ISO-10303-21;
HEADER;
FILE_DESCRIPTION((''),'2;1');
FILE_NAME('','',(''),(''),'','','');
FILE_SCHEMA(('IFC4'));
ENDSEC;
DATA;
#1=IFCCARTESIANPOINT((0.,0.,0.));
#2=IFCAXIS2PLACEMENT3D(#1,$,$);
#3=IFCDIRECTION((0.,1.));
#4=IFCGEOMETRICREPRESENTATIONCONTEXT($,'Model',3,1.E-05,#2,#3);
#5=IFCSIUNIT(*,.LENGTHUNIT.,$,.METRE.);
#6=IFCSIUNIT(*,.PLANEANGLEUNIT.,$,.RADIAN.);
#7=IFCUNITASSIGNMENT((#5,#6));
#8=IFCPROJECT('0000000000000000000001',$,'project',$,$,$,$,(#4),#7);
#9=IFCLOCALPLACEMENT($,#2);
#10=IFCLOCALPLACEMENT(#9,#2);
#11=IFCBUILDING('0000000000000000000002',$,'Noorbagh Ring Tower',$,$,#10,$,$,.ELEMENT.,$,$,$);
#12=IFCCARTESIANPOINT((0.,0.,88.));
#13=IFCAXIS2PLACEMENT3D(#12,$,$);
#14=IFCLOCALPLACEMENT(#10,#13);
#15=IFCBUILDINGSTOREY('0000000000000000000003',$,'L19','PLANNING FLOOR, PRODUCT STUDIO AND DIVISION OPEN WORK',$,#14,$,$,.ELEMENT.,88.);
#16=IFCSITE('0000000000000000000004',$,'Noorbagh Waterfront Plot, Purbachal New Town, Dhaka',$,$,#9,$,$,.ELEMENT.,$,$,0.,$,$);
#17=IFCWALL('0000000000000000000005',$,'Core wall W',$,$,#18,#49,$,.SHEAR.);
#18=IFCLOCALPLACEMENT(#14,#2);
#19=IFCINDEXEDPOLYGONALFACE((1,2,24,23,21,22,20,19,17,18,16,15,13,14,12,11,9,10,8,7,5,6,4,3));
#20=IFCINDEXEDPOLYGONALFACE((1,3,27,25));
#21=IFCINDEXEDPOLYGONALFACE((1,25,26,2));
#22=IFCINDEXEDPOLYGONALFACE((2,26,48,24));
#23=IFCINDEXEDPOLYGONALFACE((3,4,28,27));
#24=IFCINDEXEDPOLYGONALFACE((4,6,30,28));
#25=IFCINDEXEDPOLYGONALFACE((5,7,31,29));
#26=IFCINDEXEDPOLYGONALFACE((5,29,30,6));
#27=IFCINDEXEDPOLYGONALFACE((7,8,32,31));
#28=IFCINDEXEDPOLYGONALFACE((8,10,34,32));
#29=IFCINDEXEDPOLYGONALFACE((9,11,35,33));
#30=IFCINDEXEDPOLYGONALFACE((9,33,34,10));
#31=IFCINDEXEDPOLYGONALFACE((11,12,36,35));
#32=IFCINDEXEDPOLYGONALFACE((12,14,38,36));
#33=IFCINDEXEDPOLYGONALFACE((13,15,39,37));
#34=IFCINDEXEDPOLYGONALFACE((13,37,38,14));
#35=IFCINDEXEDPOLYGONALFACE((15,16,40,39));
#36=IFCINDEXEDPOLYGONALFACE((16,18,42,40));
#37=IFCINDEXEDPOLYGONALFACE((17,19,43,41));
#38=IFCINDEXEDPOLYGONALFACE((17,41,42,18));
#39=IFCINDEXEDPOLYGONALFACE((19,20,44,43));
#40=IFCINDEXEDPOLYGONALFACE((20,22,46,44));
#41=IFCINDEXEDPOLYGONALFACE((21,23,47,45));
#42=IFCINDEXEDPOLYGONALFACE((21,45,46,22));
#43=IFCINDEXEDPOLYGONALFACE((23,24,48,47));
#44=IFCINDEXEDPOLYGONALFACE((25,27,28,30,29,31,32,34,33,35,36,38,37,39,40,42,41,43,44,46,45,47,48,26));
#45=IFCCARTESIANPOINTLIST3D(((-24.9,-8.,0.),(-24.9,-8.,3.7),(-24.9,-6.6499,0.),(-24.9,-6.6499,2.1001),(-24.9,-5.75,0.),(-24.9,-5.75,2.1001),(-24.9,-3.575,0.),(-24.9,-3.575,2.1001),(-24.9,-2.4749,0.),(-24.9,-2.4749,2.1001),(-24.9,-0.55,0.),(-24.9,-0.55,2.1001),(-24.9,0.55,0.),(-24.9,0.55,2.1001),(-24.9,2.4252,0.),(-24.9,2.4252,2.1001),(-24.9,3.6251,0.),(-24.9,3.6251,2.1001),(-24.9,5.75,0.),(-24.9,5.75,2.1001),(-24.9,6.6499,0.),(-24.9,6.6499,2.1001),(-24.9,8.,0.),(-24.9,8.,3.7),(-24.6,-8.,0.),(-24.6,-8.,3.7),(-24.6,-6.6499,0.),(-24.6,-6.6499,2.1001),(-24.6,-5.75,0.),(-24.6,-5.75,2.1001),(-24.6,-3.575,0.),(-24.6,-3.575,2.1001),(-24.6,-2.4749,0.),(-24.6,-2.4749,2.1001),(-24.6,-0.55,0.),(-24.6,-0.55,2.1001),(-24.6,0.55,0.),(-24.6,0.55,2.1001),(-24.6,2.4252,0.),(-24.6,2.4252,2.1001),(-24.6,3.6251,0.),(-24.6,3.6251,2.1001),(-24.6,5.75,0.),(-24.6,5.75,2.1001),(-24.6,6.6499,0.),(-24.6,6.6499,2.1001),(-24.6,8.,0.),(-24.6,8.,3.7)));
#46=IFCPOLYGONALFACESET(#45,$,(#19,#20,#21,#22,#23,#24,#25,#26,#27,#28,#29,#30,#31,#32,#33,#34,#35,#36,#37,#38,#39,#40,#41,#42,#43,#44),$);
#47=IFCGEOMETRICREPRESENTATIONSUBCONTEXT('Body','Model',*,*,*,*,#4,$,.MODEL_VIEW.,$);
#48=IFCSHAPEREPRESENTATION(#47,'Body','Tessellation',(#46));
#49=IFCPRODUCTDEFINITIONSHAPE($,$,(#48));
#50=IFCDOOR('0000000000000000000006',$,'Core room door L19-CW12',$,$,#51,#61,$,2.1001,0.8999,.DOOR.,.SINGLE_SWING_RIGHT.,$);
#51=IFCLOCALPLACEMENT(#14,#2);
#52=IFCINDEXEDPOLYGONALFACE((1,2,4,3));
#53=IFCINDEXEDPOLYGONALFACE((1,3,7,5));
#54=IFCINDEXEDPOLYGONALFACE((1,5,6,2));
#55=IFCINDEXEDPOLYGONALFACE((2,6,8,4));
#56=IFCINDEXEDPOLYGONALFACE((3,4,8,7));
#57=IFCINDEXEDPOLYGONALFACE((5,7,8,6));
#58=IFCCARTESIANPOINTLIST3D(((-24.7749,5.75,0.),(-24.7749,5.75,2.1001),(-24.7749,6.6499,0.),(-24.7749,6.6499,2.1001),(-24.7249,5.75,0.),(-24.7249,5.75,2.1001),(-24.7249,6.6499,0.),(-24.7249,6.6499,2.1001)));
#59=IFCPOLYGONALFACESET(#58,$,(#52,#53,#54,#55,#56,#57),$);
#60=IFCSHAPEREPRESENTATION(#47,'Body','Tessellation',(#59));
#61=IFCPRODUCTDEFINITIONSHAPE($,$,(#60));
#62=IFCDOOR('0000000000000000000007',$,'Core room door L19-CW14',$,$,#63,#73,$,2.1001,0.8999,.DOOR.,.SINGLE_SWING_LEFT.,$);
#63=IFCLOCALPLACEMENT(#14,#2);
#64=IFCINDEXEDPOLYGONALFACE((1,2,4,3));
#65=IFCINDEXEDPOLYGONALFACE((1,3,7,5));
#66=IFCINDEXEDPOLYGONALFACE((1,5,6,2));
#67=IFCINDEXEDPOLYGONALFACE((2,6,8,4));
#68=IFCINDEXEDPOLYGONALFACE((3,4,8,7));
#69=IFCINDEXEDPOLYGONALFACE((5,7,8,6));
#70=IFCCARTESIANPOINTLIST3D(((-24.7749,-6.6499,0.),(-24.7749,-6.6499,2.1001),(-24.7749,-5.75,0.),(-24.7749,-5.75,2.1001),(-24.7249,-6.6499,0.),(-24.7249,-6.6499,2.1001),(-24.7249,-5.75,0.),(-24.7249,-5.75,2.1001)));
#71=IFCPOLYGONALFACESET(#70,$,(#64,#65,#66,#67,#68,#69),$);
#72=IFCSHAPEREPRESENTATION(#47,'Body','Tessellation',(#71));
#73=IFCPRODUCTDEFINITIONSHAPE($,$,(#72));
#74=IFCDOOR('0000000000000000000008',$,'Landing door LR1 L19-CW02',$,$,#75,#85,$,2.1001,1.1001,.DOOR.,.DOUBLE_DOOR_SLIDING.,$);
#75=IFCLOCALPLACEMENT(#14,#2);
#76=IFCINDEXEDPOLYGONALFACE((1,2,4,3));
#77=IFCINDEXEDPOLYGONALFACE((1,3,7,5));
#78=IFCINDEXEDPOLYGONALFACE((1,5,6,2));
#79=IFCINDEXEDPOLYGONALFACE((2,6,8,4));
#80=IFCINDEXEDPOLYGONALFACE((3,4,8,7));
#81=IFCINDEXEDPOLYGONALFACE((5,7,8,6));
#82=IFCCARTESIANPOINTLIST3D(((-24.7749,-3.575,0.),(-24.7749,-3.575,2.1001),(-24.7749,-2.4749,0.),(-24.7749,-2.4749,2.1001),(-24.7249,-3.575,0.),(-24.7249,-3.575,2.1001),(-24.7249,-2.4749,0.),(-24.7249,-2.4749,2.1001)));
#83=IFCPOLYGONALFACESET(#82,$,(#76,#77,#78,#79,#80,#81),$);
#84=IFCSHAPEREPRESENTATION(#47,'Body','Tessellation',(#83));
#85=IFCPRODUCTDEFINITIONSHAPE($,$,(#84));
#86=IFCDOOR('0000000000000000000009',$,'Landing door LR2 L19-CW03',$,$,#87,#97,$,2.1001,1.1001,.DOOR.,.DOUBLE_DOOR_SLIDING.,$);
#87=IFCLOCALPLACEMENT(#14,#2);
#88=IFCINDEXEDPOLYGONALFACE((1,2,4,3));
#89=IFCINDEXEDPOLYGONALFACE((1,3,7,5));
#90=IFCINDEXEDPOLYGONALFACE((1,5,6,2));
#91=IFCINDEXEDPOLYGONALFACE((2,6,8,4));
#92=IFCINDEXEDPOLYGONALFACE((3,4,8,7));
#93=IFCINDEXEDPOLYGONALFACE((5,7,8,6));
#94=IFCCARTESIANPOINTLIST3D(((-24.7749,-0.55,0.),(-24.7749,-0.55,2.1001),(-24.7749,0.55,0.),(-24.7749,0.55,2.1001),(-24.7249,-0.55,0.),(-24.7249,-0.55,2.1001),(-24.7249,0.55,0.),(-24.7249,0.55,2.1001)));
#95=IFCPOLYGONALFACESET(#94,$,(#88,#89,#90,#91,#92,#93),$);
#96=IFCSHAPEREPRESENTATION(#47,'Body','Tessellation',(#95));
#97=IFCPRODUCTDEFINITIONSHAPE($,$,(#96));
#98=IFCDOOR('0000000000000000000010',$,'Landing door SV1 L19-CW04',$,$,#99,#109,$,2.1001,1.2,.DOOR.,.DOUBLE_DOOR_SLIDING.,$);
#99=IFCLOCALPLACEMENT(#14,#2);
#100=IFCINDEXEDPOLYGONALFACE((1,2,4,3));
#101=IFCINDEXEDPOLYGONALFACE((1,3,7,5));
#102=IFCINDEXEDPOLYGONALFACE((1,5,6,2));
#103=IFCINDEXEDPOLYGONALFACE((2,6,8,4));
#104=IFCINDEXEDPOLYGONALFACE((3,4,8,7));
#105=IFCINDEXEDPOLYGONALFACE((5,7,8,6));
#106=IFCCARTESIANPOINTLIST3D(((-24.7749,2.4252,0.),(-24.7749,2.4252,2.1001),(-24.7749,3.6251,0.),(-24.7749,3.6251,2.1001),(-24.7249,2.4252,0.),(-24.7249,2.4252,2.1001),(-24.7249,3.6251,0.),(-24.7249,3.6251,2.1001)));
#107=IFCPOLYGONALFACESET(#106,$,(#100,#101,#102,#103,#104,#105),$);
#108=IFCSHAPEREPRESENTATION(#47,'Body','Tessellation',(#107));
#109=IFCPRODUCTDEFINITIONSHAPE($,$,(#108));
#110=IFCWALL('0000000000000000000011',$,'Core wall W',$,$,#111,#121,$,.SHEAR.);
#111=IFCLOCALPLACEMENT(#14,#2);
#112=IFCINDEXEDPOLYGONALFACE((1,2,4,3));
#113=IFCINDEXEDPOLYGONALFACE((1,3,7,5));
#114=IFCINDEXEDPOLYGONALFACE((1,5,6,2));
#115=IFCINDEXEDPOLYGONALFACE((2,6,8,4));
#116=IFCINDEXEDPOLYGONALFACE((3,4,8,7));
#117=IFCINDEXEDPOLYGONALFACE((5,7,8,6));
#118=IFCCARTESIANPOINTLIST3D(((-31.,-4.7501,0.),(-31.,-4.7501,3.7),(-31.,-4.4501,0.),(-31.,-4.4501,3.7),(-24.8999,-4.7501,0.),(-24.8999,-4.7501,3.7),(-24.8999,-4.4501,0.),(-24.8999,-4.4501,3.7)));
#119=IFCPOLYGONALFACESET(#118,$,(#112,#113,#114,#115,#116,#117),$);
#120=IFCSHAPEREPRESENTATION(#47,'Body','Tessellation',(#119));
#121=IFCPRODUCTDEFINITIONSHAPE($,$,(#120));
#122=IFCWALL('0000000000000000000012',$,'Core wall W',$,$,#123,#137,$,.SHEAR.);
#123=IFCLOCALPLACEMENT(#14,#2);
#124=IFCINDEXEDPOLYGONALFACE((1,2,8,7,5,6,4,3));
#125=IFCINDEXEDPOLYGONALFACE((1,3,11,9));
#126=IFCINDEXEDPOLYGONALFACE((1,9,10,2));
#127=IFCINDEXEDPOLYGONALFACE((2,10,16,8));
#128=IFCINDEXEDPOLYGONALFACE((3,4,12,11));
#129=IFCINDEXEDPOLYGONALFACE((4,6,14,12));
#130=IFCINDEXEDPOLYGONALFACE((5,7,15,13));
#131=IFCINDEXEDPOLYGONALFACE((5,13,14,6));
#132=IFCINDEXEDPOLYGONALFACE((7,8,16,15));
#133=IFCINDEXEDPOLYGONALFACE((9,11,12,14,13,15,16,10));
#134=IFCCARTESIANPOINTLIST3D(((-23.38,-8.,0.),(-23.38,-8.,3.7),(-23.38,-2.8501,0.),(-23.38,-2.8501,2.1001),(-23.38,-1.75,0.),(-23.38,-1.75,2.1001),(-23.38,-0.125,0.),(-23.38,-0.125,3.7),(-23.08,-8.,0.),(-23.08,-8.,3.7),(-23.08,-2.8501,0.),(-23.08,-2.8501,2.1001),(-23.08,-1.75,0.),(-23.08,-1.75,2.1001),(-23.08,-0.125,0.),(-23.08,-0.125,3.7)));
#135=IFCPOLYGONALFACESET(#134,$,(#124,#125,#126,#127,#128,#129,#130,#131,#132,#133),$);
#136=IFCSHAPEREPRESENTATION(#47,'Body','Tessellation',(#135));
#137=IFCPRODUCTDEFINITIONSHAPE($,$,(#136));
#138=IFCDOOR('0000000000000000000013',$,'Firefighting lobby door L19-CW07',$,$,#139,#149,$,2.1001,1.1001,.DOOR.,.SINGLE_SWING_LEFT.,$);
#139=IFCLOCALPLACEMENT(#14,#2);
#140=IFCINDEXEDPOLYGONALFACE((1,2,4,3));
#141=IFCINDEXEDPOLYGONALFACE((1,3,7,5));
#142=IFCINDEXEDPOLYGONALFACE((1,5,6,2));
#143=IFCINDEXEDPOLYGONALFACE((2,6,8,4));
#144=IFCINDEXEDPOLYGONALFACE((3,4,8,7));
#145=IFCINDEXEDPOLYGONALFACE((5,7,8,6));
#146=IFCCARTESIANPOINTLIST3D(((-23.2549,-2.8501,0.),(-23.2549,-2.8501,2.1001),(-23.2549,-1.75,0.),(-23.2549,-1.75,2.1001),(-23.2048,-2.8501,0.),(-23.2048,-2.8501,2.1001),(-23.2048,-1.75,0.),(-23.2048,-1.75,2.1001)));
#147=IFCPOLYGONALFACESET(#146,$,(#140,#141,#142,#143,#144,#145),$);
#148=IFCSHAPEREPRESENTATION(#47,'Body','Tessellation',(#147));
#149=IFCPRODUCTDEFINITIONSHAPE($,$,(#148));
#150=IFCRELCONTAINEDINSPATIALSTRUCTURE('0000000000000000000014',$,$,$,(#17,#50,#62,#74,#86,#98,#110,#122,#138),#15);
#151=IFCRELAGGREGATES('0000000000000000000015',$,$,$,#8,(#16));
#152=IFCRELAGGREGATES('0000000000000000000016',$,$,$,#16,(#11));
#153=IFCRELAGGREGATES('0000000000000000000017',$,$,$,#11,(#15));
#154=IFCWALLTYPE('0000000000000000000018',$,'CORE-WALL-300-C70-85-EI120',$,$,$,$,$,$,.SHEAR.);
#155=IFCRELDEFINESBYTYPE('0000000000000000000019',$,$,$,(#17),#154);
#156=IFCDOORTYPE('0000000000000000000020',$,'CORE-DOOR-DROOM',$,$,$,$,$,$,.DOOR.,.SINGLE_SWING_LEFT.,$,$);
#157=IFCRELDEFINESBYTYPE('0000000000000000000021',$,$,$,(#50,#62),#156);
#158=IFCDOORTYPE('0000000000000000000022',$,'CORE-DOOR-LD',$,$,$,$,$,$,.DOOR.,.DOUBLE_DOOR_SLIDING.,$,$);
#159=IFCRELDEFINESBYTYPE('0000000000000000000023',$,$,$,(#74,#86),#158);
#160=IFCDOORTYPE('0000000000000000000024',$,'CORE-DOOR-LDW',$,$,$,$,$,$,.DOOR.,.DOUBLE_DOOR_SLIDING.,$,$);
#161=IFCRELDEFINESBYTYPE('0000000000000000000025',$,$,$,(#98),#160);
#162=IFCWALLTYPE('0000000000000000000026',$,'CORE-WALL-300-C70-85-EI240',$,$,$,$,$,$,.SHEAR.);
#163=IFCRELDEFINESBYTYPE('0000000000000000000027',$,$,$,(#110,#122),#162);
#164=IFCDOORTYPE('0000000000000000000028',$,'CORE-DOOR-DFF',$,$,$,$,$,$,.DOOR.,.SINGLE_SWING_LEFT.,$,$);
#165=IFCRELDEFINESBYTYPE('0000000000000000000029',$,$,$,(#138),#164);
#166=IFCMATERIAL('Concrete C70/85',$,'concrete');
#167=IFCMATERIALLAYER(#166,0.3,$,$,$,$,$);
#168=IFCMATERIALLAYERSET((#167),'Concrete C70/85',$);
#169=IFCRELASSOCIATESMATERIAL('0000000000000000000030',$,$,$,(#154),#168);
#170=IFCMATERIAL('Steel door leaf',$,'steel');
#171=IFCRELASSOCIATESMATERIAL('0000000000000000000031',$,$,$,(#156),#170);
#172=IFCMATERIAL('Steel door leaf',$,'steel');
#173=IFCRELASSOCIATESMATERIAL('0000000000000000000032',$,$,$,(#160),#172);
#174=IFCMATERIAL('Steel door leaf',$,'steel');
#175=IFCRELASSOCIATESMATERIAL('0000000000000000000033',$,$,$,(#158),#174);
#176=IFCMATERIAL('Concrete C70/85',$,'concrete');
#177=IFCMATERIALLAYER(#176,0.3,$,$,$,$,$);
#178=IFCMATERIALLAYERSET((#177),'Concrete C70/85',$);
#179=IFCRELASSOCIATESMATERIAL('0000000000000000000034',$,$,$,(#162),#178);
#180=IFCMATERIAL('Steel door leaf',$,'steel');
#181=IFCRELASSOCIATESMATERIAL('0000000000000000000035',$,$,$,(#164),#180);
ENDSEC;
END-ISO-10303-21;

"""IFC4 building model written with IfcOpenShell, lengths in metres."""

from ifc_helpers import new_model, si_unit, direction, frame, frame_2d, origin, place, context, subcontext, project, spatial, rectangle, extrude, material, layer, layer_set, type_object, element, fill, save


model = new_model("IFC4")

# Units and contexts
model_context = context("Model", 3, precision=1e-05, world=origin(), true_north=direction((0.0, 1.0)))
body_context = subcontext(model_context, "Body", "Model", "MODEL_VIEW")
ifc_project = project(units=[si_unit("LENGTHUNIT", "METRE"), si_unit("PLANEANGLEUNIT", "RADIAN")], contexts=[model_context])

# Site, building, storey
site_placement = place(None, origin())
site = spatial("IfcSite", under=ifc_project, at=site_placement, Name="Noorbagh Waterfront Plot, Purbachal New Town, Dhaka", CompositionType="ELEMENT", RefElevation=0.0)
building_placement = place(site_placement, origin())
building = spatial("IfcBuilding", under=site, at=building_placement, Name="Noorbagh Ring Tower", CompositionType="ELEMENT")
storey_placement = place(building_placement, frame((0.0, 0.0, 88.0)))
storey = spatial("IfcBuildingStorey", under=building, at=storey_placement, Name="L19", Description="PLANNING FLOOR, PRODUCT STUDIO AND DIVISION OPEN WORK", CompositionType="ELEMENT", Elevation=88.0)

# Wall, openings, doors
ifc_material_1 = material(Name="Concrete C70/85", Category="concrete")
ifc_layer_1 = layer(ifc_material_1, 0.3)
ifc_layer_set_1 = layer_set([ifc_layer_1], Name="Concrete C70/85")
wall_type_1 = type_object("IfcWallType", Name="CORE-WALL-300-C70-85-EI120", PredefinedType="SHEAR", material=ifc_layer_set_1)
ifc_material_2 = material(Name="Steel door leaf", Category="steel")
door_type_1 = type_object("IfcDoorType", Name="CORE-DOOR-DROOM", OperationType="SINGLE_SWING_LEFT", PredefinedType="DOOR", material=ifc_material_2)
ifc_material_3 = material(Name="Steel door leaf", Category="steel")
door_type_2 = type_object("IfcDoorType", Name="CORE-DOOR-LDW", OperationType="DOUBLE_DOOR_SLIDING", PredefinedType="DOOR", material=ifc_material_3)
wall_1_placement = place(storey_placement, frame((-24.75, -8.0, 0.0), z_axis=(0.0, 0.0, 1.0), x_axis=(0.0, 1.0, 0.0)))
wall_1 = element("IfcWall", 1, at=wall_1_placement, inside=storey, type_object=wall_type_1, Name="Core wall W", PredefinedType="SHEAR", context=body_context, shape_type="SweptSolid", body=[
    extrude(rectangle(XDim=16.0, YDim=0.3, at=frame_2d((8.0, 0.0))), origin(), (0.0, 0.0, 1.0), 3.7),
])
opening_1_placement = place(wall_1_placement, frame((4.425, 0.0, 0.0)))
opening_1 = element("IfcOpeningElement", 2, at=opening_1_placement, cuts=wall_1, PredefinedType="OPENING", context=body_context, shape_type="SweptSolid", body=[
    extrude(rectangle(XDim=1.1001, YDim=2.1001, at=frame_2d((0.55, 1.05))), frame((0.0, 0.1602, 0.0), z_axis=(0.0, -1.0, 0.0), x_axis=(1.0, 0.0, 0.0)), (0.0, 0.0, 1.0), 0.3201),
])
opening_2_placement = place(wall_1_placement, frame((7.45, 0.0, 0.0)))
opening_2 = element("IfcOpeningElement", 3, at=opening_2_placement, cuts=wall_1, PredefinedType="OPENING", context=body_context, shape_type="SweptSolid", body=[
    extrude(rectangle(XDim=1.1001, YDim=2.1001, at=frame_2d((0.55, 1.05))), frame((0.0, 0.1602, 0.0), z_axis=(0.0, -1.0, 0.0), x_axis=(1.0, 0.0, 0.0)), (0.0, 0.0, 1.0), 0.3201),
])
opening_3_placement = place(wall_1_placement, frame((10.425, 0.0, 0.0)))
opening_3 = element("IfcOpeningElement", 4, at=opening_3_placement, cuts=wall_1, PredefinedType="OPENING", context=body_context, shape_type="SweptSolid", body=[
    extrude(rectangle(XDim=1.2, YDim=2.1001, at=frame_2d((0.6001, 1.05))), frame((0.0, 0.1602, 0.0), z_axis=(0.0, -1.0, 0.0), x_axis=(1.0, 0.0, 0.0)), (0.0, 0.0, 1.0), 0.3201),
])
opening_4_placement = place(wall_1_placement, frame((13.75, 0.0, 0.0)))
opening_4 = element("IfcOpeningElement", 5, at=opening_4_placement, cuts=wall_1, PredefinedType="OPENING", context=body_context, shape_type="SweptSolid", body=[
    extrude(rectangle(XDim=0.8999, YDim=2.1001, at=frame_2d((0.45, 1.05))), frame((0.0, 0.1602, 0.0), z_axis=(0.0, -1.0, 0.0), x_axis=(1.0, 0.0, 0.0)), (0.0, 0.0, 1.0), 0.3201),
])
opening_5_placement = place(wall_1_placement, frame((1.3501, 0.0, 0.0)))
opening_5 = element("IfcOpeningElement", 6, at=opening_5_placement, cuts=wall_1, PredefinedType="OPENING", context=body_context, shape_type="SweptSolid", body=[
    extrude(rectangle(XDim=0.8999, YDim=2.1001, at=frame_2d((0.45, 1.05))), frame((0.0, 0.1602, 0.0), z_axis=(0.0, -1.0, 0.0), x_axis=(1.0, 0.0, 0.0)), (0.0, 0.0, 1.0), 0.3201),
])
door_1_placement = place(opening_4_placement, origin())
door_1 = element("IfcDoor", 7, at=door_1_placement, inside=storey, type_object=door_type_1, Name="Core room door L19-CW12", OperationType="SINGLE_SWING_RIGHT", OverallHeight=2.1001, OverallWidth=0.8999, PredefinedType="DOOR", context=body_context, shape_type="SweptSolid", body=[
    extrude(rectangle(XDim=0.8999, YDim=2.1001, at=frame_2d((0.45, 1.05))), frame((0.0, 0.0249, 0.0), z_axis=(0.0, -1.0, 0.0), x_axis=(1.0, 0.0, 0.0)), (0.0, 0.0, 1.0), 0.05),
])
fill(opening_4, door_1)
door_2_placement = place(opening_5_placement, origin())
door_2 = element("IfcDoor", 8, at=door_2_placement, inside=storey, type_object=door_type_1, Name="Core room door L19-CW14", OperationType="SINGLE_SWING_LEFT", OverallHeight=2.1001, OverallWidth=0.8999, PredefinedType="DOOR", context=body_context, shape_type="SweptSolid", body=[
    extrude(rectangle(XDim=0.8999, YDim=2.1001, at=frame_2d((0.45, 1.05))), frame((0.0, 0.0249, 0.0), z_axis=(0.0, -1.0, 0.0), x_axis=(1.0, 0.0, 0.0)), (0.0, 0.0, 1.0), 0.05),
])
fill(opening_5, door_2)
ifc_material_4 = material(Name="Steel door leaf", Category="steel")
door_type_3 = type_object("IfcDoorType", Name="CORE-DOOR-LD", OperationType="DOUBLE_DOOR_SLIDING", PredefinedType="DOOR", material=ifc_material_4)
door_3_placement = place(opening_1_placement, origin())
door_3 = element("IfcDoor", 9, at=door_3_placement, inside=storey, type_object=door_type_3, Name="Landing door LR1 L19-CW02", OperationType="DOUBLE_DOOR_SLIDING", OverallHeight=2.1001, OverallWidth=1.1001, PredefinedType="DOOR", context=body_context, shape_type="SweptSolid", body=[
    extrude(rectangle(XDim=1.1001, YDim=2.1001, at=frame_2d((0.55, 1.05))), frame((0.0, 0.0249, 0.0), z_axis=(0.0, -1.0, 0.0), x_axis=(1.0, 0.0, 0.0)), (0.0, 0.0, 1.0), 0.05),
])
fill(opening_1, door_3)
door_4_placement = place(opening_2_placement, origin())
door_4 = element("IfcDoor", 10, at=door_4_placement, inside=storey, type_object=door_type_3, Name="Landing door LR2 L19-CW03", OperationType="DOUBLE_DOOR_SLIDING", OverallHeight=2.1001, OverallWidth=1.1001, PredefinedType="DOOR", context=body_context, shape_type="SweptSolid", body=[
    extrude(rectangle(XDim=1.1001, YDim=2.1001, at=frame_2d((0.55, 1.05))), frame((0.0, 0.0249, 0.0), z_axis=(0.0, -1.0, 0.0), x_axis=(1.0, 0.0, 0.0)), (0.0, 0.0, 1.0), 0.05),
])
fill(opening_2, door_4)
door_5_placement = place(opening_3_placement, origin())
door_5 = element("IfcDoor", 11, at=door_5_placement, inside=storey, type_object=door_type_2, Name="Landing door SV1 L19-CW04", OperationType="DOUBLE_DOOR_SLIDING", OverallHeight=2.1001, OverallWidth=1.2, PredefinedType="DOOR", context=body_context, shape_type="SweptSolid", body=[
    extrude(rectangle(XDim=1.2, YDim=2.1001, at=frame_2d((0.6001, 1.05))), frame((0.0, 0.0249, 0.0), z_axis=(0.0, -1.0, 0.0), x_axis=(1.0, 0.0, 0.0)), (0.0, 0.0, 1.0), 0.05),
])
fill(opening_3, door_5)

# Wall
ifc_material_5 = material(Name="Concrete C70/85", Category="concrete")
ifc_layer_2 = layer(ifc_material_5, 0.3)
ifc_layer_set_2 = layer_set([ifc_layer_2], Name="Concrete C70/85")
wall_type_2 = type_object("IfcWallType", Name="CORE-WALL-300-C70-85-EI240", PredefinedType="SHEAR", material=ifc_layer_set_2)
wall_2_placement = place(storey_placement, frame((-24.8999, -4.6001, 0.0), z_axis=(0.0, 0.0, 1.0), x_axis=(-1.0, 0.0, 0.0)))
element("IfcWall", 12, at=wall_2_placement, inside=storey, type_object=wall_type_2, Name="Core wall W", PredefinedType="SHEAR", context=body_context, shape_type="SweptSolid", body=[
    extrude(rectangle(XDim=6.1001, YDim=0.3, at=frame_2d((3.05, 0.0))), origin(), (0.0, 0.0, 1.0), 3.7),
])

# Wall, opening, door
wall_3_placement = place(storey_placement, frame((-23.23, -8.0, 0.0), z_axis=(0.0, 0.0, 1.0), x_axis=(0.0, 1.0, 0.0)))
wall_3 = element("IfcWall", 13, at=wall_3_placement, inside=storey, type_object=wall_type_2, Name="Core wall W", PredefinedType="SHEAR", context=body_context, shape_type="SweptSolid", body=[
    extrude(rectangle(XDim=7.875, YDim=0.3, at=frame_2d((3.9375, 0.0))), origin(), (0.0, 0.0, 1.0), 3.7),
])
opening_6_placement = place(wall_3_placement, frame((5.1499, 0.0, 0.0)))
opening_6 = element("IfcOpeningElement", 14, at=opening_6_placement, cuts=wall_3, PredefinedType="OPENING", context=body_context, shape_type="SweptSolid", body=[
    extrude(rectangle(XDim=1.1001, YDim=2.1001, at=frame_2d((0.55, 1.05))), frame((0.0, 0.1602, 0.0), z_axis=(0.0, -1.0, 0.0), x_axis=(1.0, 0.0, 0.0)), (0.0, 0.0, 1.0), 0.3201),
])
ifc_material_6 = material(Name="Steel door leaf", Category="steel")
door_type_4 = type_object("IfcDoorType", Name="CORE-DOOR-DFF", OperationType="SINGLE_SWING_LEFT", PredefinedType="DOOR", material=ifc_material_6)
door_6_placement = place(opening_6_placement, origin())
door_6 = element("IfcDoor", 15, at=door_6_placement, inside=storey, type_object=door_type_4, Name="Firefighting lobby door L19-CW07", OperationType="SINGLE_SWING_LEFT", OverallHeight=2.1001, OverallWidth=1.1001, PredefinedType="DOOR", context=body_context, shape_type="SweptSolid", body=[
    extrude(rectangle(XDim=1.1001, YDim=2.1001, at=frame_2d((0.55, 1.05))), frame((0.0, 0.0249, 0.0), z_axis=(0.0, -1.0, 0.0), x_axis=(1.0, 0.0, 0.0)), (0.0, 0.0, 1.0), 0.05),
])
fill(opening_6, door_6)

save(model, "model.ifc")
